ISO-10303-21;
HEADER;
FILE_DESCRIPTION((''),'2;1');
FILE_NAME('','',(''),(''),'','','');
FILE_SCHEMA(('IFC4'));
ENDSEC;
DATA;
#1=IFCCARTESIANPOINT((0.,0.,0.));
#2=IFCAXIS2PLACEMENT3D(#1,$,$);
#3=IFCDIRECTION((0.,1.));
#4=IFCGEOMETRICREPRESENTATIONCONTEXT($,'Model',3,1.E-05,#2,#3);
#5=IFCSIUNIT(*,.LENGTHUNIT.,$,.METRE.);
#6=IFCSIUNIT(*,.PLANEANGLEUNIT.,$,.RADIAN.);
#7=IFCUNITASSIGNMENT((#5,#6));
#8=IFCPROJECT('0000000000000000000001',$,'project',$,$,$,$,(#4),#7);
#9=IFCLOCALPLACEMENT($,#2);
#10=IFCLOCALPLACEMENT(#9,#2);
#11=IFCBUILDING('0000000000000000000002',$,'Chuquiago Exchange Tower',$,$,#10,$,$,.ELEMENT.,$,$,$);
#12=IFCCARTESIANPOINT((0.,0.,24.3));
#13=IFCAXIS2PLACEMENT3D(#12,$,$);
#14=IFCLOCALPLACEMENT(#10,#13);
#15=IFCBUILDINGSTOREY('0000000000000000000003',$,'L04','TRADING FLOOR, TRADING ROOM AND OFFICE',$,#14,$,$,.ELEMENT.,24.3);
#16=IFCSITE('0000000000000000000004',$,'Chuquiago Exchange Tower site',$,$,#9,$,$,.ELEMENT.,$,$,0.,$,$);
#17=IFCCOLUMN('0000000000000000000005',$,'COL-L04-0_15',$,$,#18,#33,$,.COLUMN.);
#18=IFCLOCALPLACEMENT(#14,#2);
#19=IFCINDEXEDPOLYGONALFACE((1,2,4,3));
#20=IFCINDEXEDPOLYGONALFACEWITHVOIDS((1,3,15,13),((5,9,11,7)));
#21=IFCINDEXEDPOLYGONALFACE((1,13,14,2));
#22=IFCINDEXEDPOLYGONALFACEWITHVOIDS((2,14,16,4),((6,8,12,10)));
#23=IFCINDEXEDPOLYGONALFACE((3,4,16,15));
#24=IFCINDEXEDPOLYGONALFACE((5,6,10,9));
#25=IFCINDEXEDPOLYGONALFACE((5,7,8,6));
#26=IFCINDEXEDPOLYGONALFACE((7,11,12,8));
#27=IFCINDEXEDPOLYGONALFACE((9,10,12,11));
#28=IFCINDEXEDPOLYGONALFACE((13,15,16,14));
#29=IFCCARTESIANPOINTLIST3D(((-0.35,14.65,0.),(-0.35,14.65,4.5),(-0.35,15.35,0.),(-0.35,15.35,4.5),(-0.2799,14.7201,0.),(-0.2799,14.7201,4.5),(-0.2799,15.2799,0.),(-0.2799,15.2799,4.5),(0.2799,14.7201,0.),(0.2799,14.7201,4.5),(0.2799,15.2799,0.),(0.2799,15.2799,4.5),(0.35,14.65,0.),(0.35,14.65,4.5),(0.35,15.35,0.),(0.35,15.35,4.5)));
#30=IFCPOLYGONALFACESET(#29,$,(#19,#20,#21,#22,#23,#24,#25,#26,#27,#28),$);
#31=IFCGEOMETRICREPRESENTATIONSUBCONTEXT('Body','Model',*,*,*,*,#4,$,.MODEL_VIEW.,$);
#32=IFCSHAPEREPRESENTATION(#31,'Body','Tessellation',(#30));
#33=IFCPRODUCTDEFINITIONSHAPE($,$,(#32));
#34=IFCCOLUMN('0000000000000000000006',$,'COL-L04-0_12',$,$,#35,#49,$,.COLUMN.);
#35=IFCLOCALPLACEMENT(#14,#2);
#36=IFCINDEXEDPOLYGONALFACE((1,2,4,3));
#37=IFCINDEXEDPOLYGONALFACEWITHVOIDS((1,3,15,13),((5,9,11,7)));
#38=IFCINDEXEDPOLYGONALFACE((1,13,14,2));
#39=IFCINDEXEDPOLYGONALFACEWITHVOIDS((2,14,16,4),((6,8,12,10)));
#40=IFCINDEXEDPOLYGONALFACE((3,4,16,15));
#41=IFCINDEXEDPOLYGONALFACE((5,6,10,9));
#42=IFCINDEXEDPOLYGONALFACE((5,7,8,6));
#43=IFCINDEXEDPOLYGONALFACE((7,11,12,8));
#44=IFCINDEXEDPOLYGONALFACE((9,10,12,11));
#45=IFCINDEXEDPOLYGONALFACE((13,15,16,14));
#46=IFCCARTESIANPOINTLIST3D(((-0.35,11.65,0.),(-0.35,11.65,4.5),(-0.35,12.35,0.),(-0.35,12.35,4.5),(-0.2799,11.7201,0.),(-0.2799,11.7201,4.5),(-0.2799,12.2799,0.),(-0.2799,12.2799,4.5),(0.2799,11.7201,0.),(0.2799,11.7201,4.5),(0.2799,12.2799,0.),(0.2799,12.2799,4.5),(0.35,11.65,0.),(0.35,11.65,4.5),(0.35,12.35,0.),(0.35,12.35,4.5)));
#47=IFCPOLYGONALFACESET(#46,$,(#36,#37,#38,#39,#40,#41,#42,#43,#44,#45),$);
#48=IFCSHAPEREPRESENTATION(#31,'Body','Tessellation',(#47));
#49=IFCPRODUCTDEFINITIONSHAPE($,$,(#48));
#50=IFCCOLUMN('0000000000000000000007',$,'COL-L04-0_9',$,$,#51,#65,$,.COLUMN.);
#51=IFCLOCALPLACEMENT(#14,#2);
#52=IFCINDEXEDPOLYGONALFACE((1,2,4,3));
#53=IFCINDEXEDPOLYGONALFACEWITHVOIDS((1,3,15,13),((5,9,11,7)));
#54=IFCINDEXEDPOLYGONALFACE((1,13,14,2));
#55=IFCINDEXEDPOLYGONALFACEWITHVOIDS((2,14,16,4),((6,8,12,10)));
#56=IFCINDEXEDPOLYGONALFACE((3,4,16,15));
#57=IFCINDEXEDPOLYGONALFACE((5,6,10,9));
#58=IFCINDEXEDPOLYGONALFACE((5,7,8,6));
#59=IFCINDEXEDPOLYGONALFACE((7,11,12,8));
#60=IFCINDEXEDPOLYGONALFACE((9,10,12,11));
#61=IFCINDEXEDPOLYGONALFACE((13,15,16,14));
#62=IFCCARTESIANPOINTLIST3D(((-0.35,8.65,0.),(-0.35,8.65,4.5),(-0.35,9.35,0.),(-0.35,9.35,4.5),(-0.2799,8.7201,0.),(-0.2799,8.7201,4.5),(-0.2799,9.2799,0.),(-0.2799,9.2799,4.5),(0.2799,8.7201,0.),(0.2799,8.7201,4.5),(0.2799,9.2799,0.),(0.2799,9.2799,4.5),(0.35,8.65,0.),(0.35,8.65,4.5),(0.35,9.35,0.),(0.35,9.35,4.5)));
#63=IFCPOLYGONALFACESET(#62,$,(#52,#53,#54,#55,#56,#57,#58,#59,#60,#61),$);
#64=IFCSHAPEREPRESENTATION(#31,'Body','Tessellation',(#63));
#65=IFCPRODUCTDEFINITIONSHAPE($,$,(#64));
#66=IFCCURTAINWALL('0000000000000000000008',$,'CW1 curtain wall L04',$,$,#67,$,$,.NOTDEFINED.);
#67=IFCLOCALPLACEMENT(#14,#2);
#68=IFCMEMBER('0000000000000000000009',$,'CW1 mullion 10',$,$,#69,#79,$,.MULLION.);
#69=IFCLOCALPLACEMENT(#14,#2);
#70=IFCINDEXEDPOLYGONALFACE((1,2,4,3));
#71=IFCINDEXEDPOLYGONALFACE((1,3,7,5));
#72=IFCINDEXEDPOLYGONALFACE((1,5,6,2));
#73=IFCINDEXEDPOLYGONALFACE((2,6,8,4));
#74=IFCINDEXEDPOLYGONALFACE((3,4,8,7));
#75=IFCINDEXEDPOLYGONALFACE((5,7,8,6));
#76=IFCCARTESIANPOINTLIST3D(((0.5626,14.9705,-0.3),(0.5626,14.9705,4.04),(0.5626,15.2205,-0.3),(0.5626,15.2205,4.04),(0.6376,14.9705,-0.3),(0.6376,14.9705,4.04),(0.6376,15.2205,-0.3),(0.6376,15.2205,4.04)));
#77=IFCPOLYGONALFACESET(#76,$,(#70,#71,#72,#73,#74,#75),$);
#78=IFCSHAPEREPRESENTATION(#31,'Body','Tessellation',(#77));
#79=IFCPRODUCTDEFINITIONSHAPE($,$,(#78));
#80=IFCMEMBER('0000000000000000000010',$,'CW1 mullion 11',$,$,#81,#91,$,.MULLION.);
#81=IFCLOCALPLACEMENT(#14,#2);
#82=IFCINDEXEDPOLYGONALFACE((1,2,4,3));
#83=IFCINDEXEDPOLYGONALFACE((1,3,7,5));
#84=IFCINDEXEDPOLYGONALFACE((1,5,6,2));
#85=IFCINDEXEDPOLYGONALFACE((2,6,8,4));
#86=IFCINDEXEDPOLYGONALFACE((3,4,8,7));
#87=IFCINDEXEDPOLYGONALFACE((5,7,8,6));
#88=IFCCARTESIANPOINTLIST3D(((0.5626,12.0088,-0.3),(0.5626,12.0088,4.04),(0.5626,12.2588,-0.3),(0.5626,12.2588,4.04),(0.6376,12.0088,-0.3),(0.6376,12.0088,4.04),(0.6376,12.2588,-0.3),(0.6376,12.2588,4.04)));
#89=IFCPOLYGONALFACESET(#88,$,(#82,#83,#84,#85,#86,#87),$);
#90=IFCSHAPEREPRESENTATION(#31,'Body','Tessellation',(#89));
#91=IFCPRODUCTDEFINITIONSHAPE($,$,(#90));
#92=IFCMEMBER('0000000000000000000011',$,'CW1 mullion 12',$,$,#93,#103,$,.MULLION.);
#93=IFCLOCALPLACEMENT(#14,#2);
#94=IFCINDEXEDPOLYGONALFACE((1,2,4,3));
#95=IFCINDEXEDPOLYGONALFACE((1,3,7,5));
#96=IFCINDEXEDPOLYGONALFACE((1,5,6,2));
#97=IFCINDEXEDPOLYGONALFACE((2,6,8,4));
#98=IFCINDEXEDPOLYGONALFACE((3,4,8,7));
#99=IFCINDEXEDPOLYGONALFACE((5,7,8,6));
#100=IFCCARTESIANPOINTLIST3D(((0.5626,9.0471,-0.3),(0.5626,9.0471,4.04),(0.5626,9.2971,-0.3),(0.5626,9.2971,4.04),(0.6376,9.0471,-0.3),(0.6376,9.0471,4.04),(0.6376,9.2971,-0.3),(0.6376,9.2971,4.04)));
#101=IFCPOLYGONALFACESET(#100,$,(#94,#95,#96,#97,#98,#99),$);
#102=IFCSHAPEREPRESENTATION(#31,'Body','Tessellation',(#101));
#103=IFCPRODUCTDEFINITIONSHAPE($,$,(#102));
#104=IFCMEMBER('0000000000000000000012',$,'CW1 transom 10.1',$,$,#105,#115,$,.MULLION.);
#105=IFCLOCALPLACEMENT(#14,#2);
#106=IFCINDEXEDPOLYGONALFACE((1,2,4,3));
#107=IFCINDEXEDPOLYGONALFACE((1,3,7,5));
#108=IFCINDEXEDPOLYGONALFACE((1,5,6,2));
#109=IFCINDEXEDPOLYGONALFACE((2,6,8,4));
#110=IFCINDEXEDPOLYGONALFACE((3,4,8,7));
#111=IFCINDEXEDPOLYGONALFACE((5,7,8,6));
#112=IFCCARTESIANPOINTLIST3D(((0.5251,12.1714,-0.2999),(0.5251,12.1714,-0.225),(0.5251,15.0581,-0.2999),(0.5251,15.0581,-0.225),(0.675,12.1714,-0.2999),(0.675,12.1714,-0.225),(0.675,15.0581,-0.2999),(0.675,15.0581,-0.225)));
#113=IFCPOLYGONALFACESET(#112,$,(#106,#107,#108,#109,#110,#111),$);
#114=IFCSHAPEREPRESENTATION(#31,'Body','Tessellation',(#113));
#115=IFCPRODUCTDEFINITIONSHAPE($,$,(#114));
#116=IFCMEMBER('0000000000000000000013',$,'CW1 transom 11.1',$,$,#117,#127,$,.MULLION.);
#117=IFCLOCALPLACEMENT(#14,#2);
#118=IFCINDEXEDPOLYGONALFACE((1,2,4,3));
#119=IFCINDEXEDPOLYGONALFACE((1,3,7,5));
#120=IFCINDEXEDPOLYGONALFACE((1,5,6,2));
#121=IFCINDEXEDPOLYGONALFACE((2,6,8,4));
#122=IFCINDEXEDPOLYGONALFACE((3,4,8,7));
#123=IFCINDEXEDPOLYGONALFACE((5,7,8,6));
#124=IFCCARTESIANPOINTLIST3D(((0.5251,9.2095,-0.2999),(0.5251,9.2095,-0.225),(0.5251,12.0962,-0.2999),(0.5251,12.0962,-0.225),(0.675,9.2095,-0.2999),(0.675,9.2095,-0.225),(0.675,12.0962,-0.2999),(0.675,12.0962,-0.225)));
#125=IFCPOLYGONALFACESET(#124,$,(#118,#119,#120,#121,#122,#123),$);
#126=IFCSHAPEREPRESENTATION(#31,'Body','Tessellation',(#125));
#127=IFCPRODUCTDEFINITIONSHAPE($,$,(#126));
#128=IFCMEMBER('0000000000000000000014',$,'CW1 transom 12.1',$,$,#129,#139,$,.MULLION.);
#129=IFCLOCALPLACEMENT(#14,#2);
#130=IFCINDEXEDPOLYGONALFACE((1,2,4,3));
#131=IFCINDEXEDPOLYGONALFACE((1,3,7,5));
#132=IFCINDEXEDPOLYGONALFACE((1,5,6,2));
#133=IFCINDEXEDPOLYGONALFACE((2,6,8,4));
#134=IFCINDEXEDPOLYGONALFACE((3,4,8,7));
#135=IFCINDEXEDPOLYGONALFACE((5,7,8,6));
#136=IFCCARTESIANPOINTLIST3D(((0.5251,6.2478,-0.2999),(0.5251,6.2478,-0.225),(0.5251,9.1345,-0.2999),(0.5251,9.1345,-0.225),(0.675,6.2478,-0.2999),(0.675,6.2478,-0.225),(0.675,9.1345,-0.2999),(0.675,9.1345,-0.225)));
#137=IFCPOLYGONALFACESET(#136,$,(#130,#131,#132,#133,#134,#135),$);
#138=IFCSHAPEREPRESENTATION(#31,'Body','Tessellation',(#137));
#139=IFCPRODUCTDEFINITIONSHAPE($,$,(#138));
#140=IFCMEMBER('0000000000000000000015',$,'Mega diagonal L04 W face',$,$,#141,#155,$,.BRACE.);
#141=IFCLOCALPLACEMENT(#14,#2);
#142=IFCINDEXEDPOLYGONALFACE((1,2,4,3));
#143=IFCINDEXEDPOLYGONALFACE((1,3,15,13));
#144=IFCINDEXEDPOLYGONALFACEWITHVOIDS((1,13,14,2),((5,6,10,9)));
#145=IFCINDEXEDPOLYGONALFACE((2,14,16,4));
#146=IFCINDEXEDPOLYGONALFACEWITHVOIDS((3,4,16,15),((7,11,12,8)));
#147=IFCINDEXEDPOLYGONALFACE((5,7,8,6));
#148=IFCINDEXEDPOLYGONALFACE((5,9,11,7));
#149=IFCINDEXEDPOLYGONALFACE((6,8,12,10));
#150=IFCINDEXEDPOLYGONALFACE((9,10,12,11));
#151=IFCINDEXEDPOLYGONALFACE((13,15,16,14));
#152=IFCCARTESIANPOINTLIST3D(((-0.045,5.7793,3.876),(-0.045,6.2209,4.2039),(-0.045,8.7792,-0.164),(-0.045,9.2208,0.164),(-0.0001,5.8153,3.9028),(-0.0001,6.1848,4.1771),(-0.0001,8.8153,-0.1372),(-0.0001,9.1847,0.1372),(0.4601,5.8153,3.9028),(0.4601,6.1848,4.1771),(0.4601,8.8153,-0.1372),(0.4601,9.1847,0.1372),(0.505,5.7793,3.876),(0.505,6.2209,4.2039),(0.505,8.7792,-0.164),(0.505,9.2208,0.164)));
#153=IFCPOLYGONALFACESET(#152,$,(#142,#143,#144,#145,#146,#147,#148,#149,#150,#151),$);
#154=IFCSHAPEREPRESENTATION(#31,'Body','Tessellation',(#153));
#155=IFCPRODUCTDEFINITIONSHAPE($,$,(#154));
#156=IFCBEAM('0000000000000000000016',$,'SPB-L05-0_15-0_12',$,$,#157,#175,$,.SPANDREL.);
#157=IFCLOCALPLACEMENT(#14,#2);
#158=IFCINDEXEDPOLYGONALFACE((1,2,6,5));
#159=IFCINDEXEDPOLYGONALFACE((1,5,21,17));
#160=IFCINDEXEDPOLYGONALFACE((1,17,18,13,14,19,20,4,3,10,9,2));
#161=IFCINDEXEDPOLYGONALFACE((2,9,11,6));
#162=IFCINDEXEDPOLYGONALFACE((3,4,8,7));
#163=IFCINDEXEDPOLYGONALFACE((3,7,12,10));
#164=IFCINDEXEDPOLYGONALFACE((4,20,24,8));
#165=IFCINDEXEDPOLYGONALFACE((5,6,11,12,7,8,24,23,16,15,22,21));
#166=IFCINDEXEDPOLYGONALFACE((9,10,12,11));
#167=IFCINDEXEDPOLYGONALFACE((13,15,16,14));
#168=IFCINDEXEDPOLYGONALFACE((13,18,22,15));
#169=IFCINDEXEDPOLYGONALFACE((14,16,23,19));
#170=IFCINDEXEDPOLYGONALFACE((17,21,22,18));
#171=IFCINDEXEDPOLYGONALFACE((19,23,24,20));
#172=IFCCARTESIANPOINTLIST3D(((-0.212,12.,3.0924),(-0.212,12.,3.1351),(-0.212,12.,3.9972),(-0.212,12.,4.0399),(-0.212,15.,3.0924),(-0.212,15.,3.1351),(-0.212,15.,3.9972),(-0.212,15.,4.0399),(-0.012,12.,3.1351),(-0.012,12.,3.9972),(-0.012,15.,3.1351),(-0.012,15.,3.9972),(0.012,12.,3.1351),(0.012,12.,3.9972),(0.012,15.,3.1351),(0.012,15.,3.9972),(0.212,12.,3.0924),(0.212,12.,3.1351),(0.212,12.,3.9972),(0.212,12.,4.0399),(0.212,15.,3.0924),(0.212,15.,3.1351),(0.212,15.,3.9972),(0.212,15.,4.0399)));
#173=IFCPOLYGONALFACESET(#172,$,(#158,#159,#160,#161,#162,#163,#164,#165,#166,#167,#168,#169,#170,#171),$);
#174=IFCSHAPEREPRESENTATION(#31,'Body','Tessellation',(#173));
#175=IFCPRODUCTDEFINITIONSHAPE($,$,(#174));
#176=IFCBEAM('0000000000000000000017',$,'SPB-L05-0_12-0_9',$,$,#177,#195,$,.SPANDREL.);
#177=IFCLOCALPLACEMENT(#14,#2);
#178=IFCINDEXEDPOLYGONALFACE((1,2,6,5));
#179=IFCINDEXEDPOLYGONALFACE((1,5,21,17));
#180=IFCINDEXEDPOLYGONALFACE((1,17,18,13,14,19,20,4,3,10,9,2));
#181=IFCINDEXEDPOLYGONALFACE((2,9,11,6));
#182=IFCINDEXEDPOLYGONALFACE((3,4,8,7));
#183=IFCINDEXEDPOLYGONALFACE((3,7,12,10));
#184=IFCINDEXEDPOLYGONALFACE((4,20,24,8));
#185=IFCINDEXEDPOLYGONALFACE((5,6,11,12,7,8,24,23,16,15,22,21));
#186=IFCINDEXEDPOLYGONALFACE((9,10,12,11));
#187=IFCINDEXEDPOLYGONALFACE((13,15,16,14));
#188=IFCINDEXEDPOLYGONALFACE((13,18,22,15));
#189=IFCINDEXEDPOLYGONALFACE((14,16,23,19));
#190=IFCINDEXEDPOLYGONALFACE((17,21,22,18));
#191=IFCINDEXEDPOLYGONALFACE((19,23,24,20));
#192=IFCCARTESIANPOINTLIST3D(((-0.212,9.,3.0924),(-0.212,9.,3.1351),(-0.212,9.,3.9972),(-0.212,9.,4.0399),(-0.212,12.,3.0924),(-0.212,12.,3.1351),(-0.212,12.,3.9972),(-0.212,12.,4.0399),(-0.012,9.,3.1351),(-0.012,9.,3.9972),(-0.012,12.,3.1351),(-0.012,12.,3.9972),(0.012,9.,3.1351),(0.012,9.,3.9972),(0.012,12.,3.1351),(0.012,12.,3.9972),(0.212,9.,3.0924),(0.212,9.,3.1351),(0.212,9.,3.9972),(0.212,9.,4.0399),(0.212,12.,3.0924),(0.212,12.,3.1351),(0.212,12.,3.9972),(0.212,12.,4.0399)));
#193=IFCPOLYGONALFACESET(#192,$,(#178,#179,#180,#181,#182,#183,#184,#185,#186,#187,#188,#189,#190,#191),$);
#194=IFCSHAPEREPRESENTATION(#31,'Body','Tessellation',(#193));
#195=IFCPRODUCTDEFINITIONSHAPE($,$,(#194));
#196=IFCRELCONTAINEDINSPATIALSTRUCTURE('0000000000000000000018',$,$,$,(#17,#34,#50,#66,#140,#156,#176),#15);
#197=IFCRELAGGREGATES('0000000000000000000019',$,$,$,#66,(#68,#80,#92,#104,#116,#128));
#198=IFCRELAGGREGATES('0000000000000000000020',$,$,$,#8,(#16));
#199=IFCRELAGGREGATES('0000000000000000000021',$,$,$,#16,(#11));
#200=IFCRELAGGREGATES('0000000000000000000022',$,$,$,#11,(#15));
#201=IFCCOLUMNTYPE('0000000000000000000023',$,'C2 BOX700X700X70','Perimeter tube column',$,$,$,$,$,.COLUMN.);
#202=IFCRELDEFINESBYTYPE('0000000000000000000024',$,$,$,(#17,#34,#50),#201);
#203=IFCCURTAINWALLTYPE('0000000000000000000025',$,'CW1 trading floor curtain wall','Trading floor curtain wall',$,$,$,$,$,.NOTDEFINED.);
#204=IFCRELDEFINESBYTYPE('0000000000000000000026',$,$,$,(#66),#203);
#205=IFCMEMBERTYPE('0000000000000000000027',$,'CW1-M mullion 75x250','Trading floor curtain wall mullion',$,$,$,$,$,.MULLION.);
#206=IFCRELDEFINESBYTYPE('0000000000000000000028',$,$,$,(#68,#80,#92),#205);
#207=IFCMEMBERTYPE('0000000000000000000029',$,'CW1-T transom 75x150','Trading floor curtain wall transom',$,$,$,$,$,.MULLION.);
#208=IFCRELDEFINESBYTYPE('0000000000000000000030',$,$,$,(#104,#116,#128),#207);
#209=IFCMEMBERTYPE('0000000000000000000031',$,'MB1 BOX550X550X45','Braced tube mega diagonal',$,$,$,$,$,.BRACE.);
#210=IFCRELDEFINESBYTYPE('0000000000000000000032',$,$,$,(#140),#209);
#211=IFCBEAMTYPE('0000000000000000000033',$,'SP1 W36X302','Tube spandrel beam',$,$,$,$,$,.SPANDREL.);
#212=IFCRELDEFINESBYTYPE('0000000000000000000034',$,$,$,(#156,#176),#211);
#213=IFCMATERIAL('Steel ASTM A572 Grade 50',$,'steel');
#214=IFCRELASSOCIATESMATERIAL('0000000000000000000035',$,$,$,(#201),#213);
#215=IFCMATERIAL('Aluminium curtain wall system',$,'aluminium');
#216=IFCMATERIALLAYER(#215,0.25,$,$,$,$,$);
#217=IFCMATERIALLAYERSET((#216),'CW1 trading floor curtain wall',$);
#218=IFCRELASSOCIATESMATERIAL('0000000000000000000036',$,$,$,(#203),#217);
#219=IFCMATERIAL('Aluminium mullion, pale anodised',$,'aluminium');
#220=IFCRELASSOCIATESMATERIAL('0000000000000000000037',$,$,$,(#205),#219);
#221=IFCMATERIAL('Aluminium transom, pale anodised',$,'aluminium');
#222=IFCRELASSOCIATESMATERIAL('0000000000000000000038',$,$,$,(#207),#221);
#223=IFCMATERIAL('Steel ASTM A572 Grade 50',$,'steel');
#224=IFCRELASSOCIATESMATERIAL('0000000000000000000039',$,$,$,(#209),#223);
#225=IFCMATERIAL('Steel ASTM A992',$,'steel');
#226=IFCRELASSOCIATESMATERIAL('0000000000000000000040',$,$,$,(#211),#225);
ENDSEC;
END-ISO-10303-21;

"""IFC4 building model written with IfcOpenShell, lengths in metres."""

from ifc_helpers import new_model, si_unit, direction, frame, origin, origin_2d, place, context, subcontext, project, spatial, rectangle, hollow_rectangle, i_section, extrude, material, layer, layer_set, material_profile, profile_set, type_object, element, aggregate, save


model = new_model("IFC4")

# Units and contexts
model_context = context("Model", 3, precision=1e-05, world=origin(), true_north=direction((0.0, 1.0)))
body_context = subcontext(model_context, "Body", "Model", "MODEL_VIEW")
ifc_project = project(units=[si_unit("LENGTHUNIT", "METRE"), si_unit("PLANEANGLEUNIT", "RADIAN")], contexts=[model_context])

# Site, building, storey
site_placement = place(None, origin())
site = spatial("IfcSite", under=ifc_project, at=site_placement, Name="Chuquiago Exchange Tower site", CompositionType="ELEMENT", RefElevation=0.0)
building_placement = place(site_placement, origin())
building = spatial("IfcBuilding", under=site, at=building_placement, Name="Chuquiago Exchange Tower", CompositionType="ELEMENT")
storey_placement = place(building_placement, frame((0.0, 0.0, 24.3)))
storey = spatial("IfcBuildingStorey", under=building, at=storey_placement, Name="L04", Description="TRADING FLOOR, TRADING ROOM AND OFFICE", CompositionType="ELEMENT", Elevation=24.3)

# Columns
ifc_material_1 = material(Name="Steel ASTM A572 Grade 50", Category="steel")
ifc_material_profile_1 = material_profile(ifc_material_1, hollow_rectangle(XDim=0.7, YDim=0.7, WallThickness=0.0701, at=origin_2d()), Name="BOX700X700X70")
ifc_profile_set_1 = profile_set([ifc_material_profile_1], Name="Steel ASTM A572 Grade 50")
column_type = type_object("IfcColumnType", Name="C2 BOX700X700X70", Description="Perimeter tube column", PredefinedType="COLUMN", material=ifc_profile_set_1)
for number, where, z_axis, x_axis, name in (
    (1, (0.0, 15.0, 0.0), (0.0, 0.0, 1.0), (-1.0, 0.0, 0.0), "COL-L04-0_15"),
    (2, (0.0, 12.0, 0.0), (0.0, 0.0, 1.0), (-1.0, 0.0, 0.0), "COL-L04-0_12"),
    (3, (0.0, 9.0, 0.0), (0.0, 0.0, 1.0), (-1.0, 0.0, 0.0), "COL-L04-0_9"),
):
    element("IfcColumn", number, at=place(storey_placement, frame(where, z_axis=z_axis, x_axis=x_axis)), inside=storey, type_object=column_type, Name=name, PredefinedType="COLUMN", context=body_context, shape_type="SweptSolid", body=[
        extrude(hollow_rectangle(XDim=0.7, YDim=0.7, WallThickness=0.0701, at=origin_2d()), origin(), (0.0, 0.0, 1.0), 4.5),
    ])

# Curtain wall, members
ifc_material_2 = material(Name="Aluminium curtain wall system", Category="aluminium")
ifc_layer_1 = layer(ifc_material_2, 0.25)
ifc_layer_set_1 = layer_set([ifc_layer_1], Name="CW1 trading floor curtain wall")
curtain_wall_type = type_object("IfcCurtainWallType", Name="CW1 trading floor curtain wall", Description="Trading floor curtain wall", PredefinedType="NOTDEFINED", material=ifc_layer_set_1)
curtain_wall_placement = place(storey_placement, origin())
curtain_wall = element("IfcCurtainWall", 4, at=curtain_wall_placement, inside=storey, type_object=curtain_wall_type, Name="CW1 curtain wall L04", PredefinedType="NOTDEFINED")
ifc_material_3 = material(Name="Aluminium mullion, pale anodised", Category="aluminium")
ifc_material_profile_2 = material_profile(ifc_material_3, rectangle(XDim=0.075, YDim=0.25, at=origin_2d()), Name="AL 75x250")
ifc_profile_set_2 = profile_set([ifc_material_profile_2], Name="Aluminium mullion, pale anodised")
member_type_1 = type_object("IfcMemberType", Name="CW1-M mullion 75x250", Description="Trading floor curtain wall mullion", PredefinedType="MULLION", material=ifc_profile_set_2)
member_1_placement = place(storey_placement, frame((0.6001, 15.0955, -0.3), z_axis=(0.0, 0.0, 1.0), x_axis=(1.0, 0.0, 0.0)))
member_1 = element("IfcMember", 5, at=member_1_placement, type_object=member_type_1, Name="CW1 mullion 10", PredefinedType="MULLION", context=body_context, shape_type="SweptSolid", body=[
    extrude(rectangle(XDim=0.075, YDim=0.25, at=origin_2d()), origin(), (0.0, 0.0, 1.0), 4.3401),
])
member_2_placement = place(storey_placement, frame((0.6001, 12.1338, -0.3), z_axis=(0.0, 0.0, 1.0), x_axis=(1.0, 0.0, 0.0)))
member_2 = element("IfcMember", 6, at=member_2_placement, type_object=member_type_1, Name="CW1 mullion 11", PredefinedType="MULLION", context=body_context, shape_type="SweptSolid", body=[
    extrude(rectangle(XDim=0.075, YDim=0.25, at=origin_2d()), origin(), (0.0, 0.0, 1.0), 4.3401),
])
member_3_placement = place(storey_placement, frame((0.6001, 9.1721, -0.3), z_axis=(0.0, 0.0, 1.0), x_axis=(1.0, 0.0, 0.0)))
member_3 = element("IfcMember", 7, at=member_3_placement, type_object=member_type_1, Name="CW1 mullion 12", PredefinedType="MULLION", context=body_context, shape_type="SweptSolid", body=[
    extrude(rectangle(XDim=0.075, YDim=0.25, at=origin_2d()), origin(), (0.0, 0.0, 1.0), 4.3401),
])
ifc_material_4 = material(Name="Aluminium transom, pale anodised", Category="aluminium")
ifc_material_profile_3 = material_profile(ifc_material_4, rectangle(XDim=0.1499, YDim=0.075, at=origin_2d()), Name="AL 150x75")
ifc_profile_set_3 = profile_set([ifc_material_profile_3], Name="Aluminium transom, pale anodised")
member_type_2 = type_object("IfcMemberType", Name="CW1-T transom 75x150", Description="Trading floor curtain wall transom", PredefinedType="MULLION", material=ifc_profile_set_3)
member_4_placement = place(storey_placement, frame((0.6001, 15.0581, -0.2625), z_axis=(0.0, -1.0, 0.0), x_axis=(1.0, 0.0, 0.0)))
member_4 = element("IfcMember", 8, at=member_4_placement, type_object=member_type_2, Name="CW1 transom 10.1", PredefinedType="MULLION", context=body_context, shape_type="SweptSolid", body=[
    extrude(rectangle(XDim=0.1499, YDim=0.075, at=origin_2d()), origin(), (0.0, 0.0, 1.0), 2.8867),
])
member_5_placement = place(storey_placement, frame((0.6001, 12.0962, -0.2625), z_axis=(0.0, -1.0, 0.0), x_axis=(1.0, 0.0, 0.0)))
member_5 = element("IfcMember", 9, at=member_5_placement, type_object=member_type_2, Name="CW1 transom 11.1", PredefinedType="MULLION", context=body_context, shape_type="SweptSolid", body=[
    extrude(rectangle(XDim=0.1499, YDim=0.075, at=origin_2d()), origin(), (0.0, 0.0, 1.0), 2.8867),
])
member_6_placement = place(storey_placement, frame((0.6001, 9.1345, -0.2625), z_axis=(0.0, -1.0, 0.0), x_axis=(1.0, 0.0, 0.0)))
member_6 = element("IfcMember", 10, at=member_6_placement, type_object=member_type_2, Name="CW1 transom 12.1", PredefinedType="MULLION", context=body_context, shape_type="SweptSolid", body=[
    extrude(rectangle(XDim=0.1499, YDim=0.075, at=origin_2d()), origin(), (0.0, 0.0, 1.0), 2.8867),
])

# Member
ifc_material_5 = material(Name="Steel ASTM A572 Grade 50", Category="steel")
ifc_material_profile_4 = material_profile(ifc_material_5, hollow_rectangle(XDim=0.55, YDim=0.55, WallThickness=0.0449, at=origin_2d()), Name="BOX550X550X45")
ifc_profile_set_4 = profile_set([ifc_material_profile_4], Name="Steel ASTM A572 Grade 50")
member_type_3 = type_object("IfcMemberType", Name="MB1 BOX550X550X45", Description="Braced tube mega diagonal", PredefinedType="BRACE", material=ifc_profile_set_4)
member_7_placement = place(storey_placement, frame((0.23, 9.0, 0.0), z_axis=(0.0, -0.596174, 0.802855), x_axis=(1.0, 0.0, 0.0)))
element("IfcMember", 11, at=member_7_placement, inside=storey, type_object=member_type_3, Name="Mega diagonal L04 W face", PredefinedType="BRACE", context=body_context, shape_type="SweptSolid", body=[
    extrude(hollow_rectangle(XDim=0.55, YDim=0.55, WallThickness=0.0449, at=origin_2d()), origin(), (0.0, 0.0, 1.0), 5.032),
])

# Beams
ifc_material_6 = material(Name="Steel ASTM A992", Category="steel")
ifc_material_profile_5 = material_profile(ifc_material_6, i_section(OverallWidth=0.4241, OverallDepth=0.9475, WebThickness=0.0239, FlangeThickness=0.0427, at=origin_2d()), Name="W36X302")
ifc_profile_set_5 = profile_set([ifc_material_profile_5], Name="Steel ASTM A992")
beam_type = type_object("IfcBeamType", Name="SP1 W36X302", Description="Tube spandrel beam", PredefinedType="SPANDREL", material=ifc_profile_set_5)
for number, where, z_axis, x_axis, name in (
    (12, (0.0, 15.0, 3.5662), (0.0, -1.0, 0.0), (1.0, 0.0, 0.0), "SPB-L05-0_15-0_12"),
    (13, (0.0, 12.0, 3.5662), (0.0, -1.0, 0.0), (1.0, 0.0, 0.0), "SPB-L05-0_12-0_9"),
):
    element("IfcBeam", number, at=place(storey_placement, frame(where, z_axis=z_axis, x_axis=x_axis)), inside=storey, type_object=beam_type, Name=name, PredefinedType="SPANDREL", context=body_context, shape_type="SweptSolid", body=[
        extrude(i_section(OverallWidth=0.4241, OverallDepth=0.9475, WebThickness=0.0239, FlangeThickness=0.0427, at=origin_2d()), origin(), (0.0, 0.0, 1.0), 3.0),
    ])

aggregate(curtain_wall, [member_1, member_2, member_3, member_4, member_5, member_6])

save(model, "model.ifc")
